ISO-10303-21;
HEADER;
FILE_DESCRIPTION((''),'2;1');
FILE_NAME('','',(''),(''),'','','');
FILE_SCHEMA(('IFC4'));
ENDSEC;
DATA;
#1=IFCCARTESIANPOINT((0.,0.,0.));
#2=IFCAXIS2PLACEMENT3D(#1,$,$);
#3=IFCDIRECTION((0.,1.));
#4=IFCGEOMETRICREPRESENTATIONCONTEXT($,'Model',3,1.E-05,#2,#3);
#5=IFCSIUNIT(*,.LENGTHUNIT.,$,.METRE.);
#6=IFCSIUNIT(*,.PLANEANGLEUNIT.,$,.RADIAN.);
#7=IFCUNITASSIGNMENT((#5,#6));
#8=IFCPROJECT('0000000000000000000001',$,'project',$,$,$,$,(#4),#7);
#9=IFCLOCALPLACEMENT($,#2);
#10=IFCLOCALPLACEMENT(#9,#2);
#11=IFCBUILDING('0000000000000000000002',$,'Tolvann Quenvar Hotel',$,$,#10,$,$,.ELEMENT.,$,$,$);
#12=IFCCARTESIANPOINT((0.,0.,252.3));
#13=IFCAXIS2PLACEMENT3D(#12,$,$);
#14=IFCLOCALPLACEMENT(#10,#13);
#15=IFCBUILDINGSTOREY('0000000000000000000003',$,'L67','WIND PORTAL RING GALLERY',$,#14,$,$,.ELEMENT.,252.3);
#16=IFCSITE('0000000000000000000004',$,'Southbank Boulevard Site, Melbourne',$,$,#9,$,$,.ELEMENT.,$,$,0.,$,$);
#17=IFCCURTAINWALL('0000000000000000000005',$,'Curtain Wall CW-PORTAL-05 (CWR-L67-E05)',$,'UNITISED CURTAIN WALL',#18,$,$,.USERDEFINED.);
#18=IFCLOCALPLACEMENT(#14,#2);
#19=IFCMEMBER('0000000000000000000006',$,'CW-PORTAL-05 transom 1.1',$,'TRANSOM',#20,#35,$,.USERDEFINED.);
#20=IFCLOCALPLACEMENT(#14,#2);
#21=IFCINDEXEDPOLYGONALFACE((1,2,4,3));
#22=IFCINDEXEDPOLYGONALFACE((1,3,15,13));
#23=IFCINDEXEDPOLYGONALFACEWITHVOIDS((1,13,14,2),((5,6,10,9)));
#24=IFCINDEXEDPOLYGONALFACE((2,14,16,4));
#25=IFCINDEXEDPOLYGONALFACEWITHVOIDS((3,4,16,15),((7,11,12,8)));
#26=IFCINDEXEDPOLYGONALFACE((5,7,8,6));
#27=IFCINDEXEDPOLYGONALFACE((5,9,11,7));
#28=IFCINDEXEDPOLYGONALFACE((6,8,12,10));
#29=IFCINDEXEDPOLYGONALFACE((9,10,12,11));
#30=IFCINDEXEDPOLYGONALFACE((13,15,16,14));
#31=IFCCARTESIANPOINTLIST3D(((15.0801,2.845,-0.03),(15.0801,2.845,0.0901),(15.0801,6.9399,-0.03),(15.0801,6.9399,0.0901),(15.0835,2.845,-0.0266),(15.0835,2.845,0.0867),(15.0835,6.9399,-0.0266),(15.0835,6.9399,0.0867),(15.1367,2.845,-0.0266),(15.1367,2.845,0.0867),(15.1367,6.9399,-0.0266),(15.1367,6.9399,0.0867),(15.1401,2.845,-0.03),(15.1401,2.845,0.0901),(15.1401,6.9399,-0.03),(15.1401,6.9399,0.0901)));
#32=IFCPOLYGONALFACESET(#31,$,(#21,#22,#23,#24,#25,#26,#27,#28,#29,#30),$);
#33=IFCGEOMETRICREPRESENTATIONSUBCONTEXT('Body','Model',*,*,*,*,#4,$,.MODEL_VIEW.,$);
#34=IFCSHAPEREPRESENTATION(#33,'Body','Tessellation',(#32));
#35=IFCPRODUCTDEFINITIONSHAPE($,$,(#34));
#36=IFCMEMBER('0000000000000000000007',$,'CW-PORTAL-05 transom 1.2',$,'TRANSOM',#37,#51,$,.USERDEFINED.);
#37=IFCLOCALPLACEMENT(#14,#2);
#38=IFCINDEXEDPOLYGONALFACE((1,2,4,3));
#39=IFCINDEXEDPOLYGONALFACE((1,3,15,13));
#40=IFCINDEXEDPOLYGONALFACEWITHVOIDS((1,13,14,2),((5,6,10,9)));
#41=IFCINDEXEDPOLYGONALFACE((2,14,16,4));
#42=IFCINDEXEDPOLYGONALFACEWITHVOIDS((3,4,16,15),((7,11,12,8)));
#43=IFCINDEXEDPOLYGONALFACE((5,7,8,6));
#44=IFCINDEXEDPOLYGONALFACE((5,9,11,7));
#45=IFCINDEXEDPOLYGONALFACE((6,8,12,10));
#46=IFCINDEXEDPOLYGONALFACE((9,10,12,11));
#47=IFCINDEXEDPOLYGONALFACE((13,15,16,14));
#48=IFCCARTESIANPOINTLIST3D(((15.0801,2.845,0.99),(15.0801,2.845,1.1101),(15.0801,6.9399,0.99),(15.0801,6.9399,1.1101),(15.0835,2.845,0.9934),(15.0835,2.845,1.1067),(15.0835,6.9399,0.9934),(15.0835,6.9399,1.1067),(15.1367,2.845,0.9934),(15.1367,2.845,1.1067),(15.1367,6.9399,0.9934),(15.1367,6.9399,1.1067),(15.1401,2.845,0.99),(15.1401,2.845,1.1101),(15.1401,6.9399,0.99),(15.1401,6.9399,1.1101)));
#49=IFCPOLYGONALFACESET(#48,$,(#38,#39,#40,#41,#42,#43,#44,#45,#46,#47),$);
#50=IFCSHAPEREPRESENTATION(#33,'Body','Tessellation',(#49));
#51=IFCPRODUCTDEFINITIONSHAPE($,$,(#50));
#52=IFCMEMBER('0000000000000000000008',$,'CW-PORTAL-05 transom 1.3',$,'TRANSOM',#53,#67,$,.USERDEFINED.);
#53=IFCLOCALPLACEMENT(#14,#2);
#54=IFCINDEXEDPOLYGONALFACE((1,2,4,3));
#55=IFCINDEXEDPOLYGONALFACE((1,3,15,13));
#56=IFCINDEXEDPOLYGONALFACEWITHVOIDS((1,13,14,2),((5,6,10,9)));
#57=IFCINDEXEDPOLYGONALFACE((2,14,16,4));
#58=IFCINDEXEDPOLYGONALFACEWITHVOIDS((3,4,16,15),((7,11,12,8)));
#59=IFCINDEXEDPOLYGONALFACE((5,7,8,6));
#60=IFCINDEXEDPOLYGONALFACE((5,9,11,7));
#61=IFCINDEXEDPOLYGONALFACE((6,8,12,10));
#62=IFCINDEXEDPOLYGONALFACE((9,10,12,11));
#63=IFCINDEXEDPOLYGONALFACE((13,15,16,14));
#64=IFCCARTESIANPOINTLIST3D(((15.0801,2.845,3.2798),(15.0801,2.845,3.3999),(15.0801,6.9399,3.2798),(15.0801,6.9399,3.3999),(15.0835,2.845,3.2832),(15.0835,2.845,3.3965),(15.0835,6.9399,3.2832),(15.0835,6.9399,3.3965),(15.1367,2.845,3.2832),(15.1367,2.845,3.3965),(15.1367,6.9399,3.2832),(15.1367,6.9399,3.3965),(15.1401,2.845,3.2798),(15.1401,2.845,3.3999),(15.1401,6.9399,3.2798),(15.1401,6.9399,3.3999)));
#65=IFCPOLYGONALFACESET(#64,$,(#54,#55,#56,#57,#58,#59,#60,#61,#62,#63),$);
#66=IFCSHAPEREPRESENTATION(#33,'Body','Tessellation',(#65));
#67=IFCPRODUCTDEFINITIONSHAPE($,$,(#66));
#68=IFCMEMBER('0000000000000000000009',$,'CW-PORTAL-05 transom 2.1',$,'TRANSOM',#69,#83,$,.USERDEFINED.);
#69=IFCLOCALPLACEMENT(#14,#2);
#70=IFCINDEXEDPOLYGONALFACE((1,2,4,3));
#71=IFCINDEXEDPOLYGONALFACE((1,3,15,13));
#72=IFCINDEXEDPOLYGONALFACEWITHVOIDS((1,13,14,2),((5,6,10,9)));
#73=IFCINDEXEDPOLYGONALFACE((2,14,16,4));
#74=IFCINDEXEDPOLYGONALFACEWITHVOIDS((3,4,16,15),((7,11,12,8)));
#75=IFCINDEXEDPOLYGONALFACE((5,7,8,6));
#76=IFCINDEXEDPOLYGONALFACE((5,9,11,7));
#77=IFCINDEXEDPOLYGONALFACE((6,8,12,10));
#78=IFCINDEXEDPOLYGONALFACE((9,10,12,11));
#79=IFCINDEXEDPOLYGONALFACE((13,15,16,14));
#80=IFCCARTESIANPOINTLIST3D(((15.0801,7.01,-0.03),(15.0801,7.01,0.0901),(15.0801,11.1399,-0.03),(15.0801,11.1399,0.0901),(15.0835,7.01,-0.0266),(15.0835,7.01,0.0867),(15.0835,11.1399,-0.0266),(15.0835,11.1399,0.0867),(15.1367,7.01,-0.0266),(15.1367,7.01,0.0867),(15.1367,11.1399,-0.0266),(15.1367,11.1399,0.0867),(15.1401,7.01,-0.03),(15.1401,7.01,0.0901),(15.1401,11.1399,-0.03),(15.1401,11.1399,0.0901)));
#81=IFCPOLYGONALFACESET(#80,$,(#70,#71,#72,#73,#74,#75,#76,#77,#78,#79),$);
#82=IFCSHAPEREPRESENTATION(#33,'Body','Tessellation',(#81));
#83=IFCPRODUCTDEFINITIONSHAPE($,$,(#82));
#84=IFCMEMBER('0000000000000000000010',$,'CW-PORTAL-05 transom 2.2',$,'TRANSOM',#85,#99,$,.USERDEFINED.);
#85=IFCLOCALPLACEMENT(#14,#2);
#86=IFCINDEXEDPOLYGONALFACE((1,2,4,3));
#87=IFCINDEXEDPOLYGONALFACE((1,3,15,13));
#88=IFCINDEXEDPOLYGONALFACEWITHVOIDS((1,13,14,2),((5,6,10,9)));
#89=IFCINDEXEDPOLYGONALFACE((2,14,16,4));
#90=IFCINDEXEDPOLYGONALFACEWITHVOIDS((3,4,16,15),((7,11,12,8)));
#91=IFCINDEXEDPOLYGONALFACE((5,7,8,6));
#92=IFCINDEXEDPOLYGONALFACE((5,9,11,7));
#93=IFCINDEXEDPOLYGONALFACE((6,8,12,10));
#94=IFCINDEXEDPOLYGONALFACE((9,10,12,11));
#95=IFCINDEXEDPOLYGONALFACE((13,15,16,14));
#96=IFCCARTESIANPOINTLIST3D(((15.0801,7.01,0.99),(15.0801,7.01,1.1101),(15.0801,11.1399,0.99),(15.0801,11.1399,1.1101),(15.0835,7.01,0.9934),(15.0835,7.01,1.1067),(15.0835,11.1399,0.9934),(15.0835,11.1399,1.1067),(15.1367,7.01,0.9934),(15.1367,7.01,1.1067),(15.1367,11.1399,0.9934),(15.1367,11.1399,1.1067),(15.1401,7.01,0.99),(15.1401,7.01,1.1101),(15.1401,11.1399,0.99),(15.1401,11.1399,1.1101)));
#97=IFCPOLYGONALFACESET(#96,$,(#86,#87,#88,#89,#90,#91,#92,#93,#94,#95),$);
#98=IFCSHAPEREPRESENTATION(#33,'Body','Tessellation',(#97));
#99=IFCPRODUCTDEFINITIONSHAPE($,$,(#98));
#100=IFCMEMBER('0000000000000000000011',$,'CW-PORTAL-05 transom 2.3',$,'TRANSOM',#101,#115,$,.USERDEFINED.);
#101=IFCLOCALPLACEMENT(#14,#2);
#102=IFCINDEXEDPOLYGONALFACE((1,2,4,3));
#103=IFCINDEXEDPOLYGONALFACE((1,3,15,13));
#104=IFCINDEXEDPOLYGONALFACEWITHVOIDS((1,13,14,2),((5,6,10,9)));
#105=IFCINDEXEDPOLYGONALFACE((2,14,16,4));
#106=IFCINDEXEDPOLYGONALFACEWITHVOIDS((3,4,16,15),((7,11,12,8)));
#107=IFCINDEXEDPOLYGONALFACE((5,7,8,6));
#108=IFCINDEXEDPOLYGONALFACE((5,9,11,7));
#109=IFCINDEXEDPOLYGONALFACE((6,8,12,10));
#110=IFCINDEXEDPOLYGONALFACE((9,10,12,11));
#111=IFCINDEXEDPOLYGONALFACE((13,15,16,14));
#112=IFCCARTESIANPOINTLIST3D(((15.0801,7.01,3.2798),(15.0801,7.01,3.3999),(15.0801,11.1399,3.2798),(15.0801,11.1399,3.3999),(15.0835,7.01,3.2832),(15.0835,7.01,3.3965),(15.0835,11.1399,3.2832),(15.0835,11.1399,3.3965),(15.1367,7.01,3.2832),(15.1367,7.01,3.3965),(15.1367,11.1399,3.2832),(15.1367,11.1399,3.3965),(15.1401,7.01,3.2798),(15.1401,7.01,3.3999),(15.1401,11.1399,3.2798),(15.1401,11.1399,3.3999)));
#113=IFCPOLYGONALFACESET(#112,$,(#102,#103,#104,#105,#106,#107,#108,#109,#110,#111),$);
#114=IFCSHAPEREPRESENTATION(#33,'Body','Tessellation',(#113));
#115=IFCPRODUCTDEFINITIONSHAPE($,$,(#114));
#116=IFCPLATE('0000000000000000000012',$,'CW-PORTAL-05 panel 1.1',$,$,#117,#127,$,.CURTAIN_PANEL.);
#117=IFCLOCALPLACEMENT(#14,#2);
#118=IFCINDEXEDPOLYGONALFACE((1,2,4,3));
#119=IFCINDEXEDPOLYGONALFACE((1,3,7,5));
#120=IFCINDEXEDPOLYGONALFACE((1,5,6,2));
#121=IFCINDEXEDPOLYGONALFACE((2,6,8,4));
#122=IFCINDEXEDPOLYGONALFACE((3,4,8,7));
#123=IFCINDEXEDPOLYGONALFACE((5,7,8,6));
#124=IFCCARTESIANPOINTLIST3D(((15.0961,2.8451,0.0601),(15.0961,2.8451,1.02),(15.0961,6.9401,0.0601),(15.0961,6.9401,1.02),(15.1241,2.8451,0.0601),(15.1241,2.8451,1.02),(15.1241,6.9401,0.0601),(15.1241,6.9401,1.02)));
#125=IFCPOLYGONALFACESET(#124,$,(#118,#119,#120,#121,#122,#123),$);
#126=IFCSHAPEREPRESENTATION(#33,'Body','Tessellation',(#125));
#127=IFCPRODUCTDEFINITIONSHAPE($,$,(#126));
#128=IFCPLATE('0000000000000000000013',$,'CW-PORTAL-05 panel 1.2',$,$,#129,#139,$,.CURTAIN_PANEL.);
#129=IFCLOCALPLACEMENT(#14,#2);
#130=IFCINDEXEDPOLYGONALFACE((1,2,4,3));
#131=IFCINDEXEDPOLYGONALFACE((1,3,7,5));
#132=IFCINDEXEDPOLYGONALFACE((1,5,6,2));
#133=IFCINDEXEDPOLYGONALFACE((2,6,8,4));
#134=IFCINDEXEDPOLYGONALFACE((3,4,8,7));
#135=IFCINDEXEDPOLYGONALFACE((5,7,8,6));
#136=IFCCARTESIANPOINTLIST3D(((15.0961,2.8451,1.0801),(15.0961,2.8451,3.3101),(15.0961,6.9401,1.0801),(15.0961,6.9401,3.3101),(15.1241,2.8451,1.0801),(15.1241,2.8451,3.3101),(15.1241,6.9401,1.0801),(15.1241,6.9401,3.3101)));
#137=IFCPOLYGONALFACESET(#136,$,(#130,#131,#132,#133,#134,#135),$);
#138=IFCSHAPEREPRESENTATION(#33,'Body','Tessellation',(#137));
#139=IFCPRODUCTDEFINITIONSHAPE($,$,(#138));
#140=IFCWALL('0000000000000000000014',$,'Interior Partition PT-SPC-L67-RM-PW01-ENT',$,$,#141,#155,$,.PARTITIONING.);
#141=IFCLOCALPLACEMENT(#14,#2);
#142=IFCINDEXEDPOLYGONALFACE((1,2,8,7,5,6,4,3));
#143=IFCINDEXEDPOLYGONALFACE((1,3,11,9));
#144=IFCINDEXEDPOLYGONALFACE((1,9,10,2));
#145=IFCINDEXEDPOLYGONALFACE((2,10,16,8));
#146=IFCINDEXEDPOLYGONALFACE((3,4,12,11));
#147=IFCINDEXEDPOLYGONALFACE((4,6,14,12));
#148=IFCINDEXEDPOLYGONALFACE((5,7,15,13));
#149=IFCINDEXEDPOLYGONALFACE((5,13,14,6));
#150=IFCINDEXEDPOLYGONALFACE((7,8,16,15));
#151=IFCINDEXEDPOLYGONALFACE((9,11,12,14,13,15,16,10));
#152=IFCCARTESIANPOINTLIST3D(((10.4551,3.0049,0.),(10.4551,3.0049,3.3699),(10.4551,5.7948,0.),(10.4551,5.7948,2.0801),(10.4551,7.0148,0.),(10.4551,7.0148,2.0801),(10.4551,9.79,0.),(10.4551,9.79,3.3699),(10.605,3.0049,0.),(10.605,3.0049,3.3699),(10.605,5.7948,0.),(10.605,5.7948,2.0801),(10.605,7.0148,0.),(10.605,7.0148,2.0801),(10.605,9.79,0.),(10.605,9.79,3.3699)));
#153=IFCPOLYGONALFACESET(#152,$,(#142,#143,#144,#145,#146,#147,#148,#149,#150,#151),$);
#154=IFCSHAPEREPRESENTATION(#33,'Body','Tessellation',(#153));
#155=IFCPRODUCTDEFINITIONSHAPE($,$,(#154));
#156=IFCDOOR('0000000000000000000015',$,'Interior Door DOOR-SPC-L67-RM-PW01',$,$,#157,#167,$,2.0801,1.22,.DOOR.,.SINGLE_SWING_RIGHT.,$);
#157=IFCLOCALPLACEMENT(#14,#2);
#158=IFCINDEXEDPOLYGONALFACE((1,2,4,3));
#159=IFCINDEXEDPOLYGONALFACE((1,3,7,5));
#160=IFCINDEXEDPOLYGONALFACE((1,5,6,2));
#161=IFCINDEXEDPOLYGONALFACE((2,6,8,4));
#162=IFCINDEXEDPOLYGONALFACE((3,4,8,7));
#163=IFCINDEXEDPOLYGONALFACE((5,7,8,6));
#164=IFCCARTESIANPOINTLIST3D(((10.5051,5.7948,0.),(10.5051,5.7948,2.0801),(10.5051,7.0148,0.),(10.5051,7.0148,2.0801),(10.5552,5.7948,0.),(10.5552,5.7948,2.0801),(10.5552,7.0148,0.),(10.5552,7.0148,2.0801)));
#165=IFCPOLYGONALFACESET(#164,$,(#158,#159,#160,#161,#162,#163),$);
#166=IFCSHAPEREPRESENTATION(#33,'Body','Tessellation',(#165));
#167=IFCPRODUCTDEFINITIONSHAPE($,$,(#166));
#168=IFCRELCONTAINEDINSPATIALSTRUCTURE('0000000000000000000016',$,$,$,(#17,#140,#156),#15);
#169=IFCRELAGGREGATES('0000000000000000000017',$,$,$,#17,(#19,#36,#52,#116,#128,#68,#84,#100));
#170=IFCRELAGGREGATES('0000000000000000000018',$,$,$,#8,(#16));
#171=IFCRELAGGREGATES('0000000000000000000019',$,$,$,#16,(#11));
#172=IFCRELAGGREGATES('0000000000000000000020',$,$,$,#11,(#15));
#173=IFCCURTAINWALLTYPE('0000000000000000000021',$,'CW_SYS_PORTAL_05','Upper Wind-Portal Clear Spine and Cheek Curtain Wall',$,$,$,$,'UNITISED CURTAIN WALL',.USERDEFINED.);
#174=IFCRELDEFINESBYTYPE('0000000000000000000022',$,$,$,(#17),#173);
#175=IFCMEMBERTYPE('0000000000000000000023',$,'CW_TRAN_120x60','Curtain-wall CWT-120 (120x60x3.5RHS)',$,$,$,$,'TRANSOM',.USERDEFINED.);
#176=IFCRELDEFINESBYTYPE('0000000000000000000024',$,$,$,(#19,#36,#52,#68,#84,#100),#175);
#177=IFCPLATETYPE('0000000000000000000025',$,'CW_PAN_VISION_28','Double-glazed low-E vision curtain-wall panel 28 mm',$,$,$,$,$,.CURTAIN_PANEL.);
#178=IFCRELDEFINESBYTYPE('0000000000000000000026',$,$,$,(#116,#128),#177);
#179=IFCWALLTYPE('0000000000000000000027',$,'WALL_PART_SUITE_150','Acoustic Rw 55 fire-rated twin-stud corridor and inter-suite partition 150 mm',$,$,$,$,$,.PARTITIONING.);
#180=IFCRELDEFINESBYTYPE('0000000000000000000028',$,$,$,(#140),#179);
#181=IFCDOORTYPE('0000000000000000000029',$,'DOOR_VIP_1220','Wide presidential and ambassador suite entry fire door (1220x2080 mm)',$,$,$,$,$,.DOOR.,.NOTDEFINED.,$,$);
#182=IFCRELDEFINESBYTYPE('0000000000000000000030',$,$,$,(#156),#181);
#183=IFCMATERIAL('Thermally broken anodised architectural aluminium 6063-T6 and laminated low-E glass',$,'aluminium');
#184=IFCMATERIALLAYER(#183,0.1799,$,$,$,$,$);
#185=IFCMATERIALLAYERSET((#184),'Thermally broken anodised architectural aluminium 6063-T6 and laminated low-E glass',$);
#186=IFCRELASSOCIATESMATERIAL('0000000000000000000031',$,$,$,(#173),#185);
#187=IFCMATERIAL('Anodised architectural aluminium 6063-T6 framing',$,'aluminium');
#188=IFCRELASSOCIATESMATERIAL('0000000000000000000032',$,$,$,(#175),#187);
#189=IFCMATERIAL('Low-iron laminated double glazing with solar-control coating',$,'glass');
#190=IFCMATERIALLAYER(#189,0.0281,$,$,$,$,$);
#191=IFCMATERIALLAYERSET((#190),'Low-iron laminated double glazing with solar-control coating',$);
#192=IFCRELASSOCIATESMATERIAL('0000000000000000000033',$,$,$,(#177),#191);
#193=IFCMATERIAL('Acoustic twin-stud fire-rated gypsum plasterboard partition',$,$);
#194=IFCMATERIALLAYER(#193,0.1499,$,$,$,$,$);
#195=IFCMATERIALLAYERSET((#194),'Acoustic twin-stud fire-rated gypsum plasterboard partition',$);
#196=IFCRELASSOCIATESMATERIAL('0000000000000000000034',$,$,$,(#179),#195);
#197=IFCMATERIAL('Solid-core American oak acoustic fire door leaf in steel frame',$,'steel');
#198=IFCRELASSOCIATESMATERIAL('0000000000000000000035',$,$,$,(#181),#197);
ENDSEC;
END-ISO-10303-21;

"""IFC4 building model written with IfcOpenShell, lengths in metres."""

from ifc_helpers import new_model, si_unit, direction, frame, frame_2d, origin, origin_2d, place, context, subcontext, project, spatial, rectangle, hollow_rectangle, extrude, source, transform, mapped, material, layer, layer_set, material_profile, profile_set, type_object, type_shapes, element, fill, aggregate, save


model = new_model("IFC4")

# Units and contexts
model_context = context("Model", 3, precision=1e-05, world=origin(), true_north=direction((0.0, 1.0)))
body_context = subcontext(model_context, "Body", "Model", "MODEL_VIEW")
ifc_project = project(units=[si_unit("LENGTHUNIT", "METRE"), si_unit("PLANEANGLEUNIT", "RADIAN")], contexts=[model_context])

# Site, building, storey
site_placement = place(None, origin())
site = spatial("IfcSite", under=ifc_project, at=site_placement, Name="Southbank Boulevard Site, Melbourne", CompositionType="ELEMENT", RefElevation=0.0)
building_placement = place(site_placement, origin())
building = spatial("IfcBuilding", under=site, at=building_placement, Name="Tolvann Quenvar Hotel", CompositionType="ELEMENT")
storey_placement = place(building_placement, frame((0.0, 0.0, 252.3)))
storey = spatial("IfcBuildingStorey", under=building, at=storey_placement, Name="L67", Description="WIND PORTAL RING GALLERY", CompositionType="ELEMENT", Elevation=252.3)

# Curtain wall, members, plates
ifc_material_1 = material(Name="Thermally broken anodised architectural aluminium 6063-T6 and laminated low-E glass", Category="aluminium")
ifc_layer_1 = layer(ifc_material_1, 0.1799)
ifc_layer_set_1 = layer_set([ifc_layer_1], Name="Thermally broken anodised architectural aluminium 6063-T6 and laminated low-E glass")
curtain_wall_type = type_object("IfcCurtainWallType", Name="CW_SYS_PORTAL_05", Description="Upper Wind-Portal Clear Spine and Cheek Curtain Wall", ElementType="UNITISED CURTAIN WALL", PredefinedType="USERDEFINED", material=ifc_layer_set_1)
curtain_wall_placement = place(storey_placement, origin())
curtain_wall = element("IfcCurtainWall", 1, at=curtain_wall_placement, inside=storey, type_object=curtain_wall_type, Name="Curtain Wall CW-PORTAL-05 (CWR-L67-E05)", ObjectType="UNITISED CURTAIN WALL", PredefinedType="USERDEFINED")
ifc_material_2 = material(Name="Anodised architectural aluminium 6063-T6 framing", Category="aluminium")
ifc_material_profile_1 = material_profile(ifc_material_2, hollow_rectangle(XDim=0.0601, YDim=0.1201, WallThickness=0.0034, at=origin_2d()), Name="120x60x3.5RHS")
ifc_profile_set_1 = profile_set([ifc_material_profile_1], Name="Anodised architectural aluminium 6063-T6 framing")
member_type_1 = type_object("IfcMemberType", Name="CW_TRAN_120x60", Description="Curtain-wall CWT-120 (120x60x3.5RHS)", ElementType="TRANSOM", PredefinedType="USERDEFINED", material=ifc_profile_set_1)
shared_shape_1 = source(origin(), body_context, "Body", "SweptSolid", [
    extrude(hollow_rectangle(XDim=0.0601, YDim=0.1201, WallThickness=0.0034, at=origin_2d()), origin(), (0.0, 0.0, 1.0), 4.095),
])
member_1_placement = place(storey_placement, frame((15.1101, 2.845, 0.03), z_axis=(0.0, 1.0, 0.0), x_axis=(-1.0, 0.0, 0.0)))
member_1 = element("IfcMember", 2, at=member_1_placement, type_object=member_type_1, Name="CW-PORTAL-05 transom 1.1", ObjectType="TRANSOM", PredefinedType="USERDEFINED", context=body_context, shape_type="MappedRepresentation", body=[
    mapped(shared_shape_1, transform((0.0, 0.0, 0.0), x_axis=(1.0, 0.0, 0.0), y_axis=(0.0, 1.0, 0.0), z_axis=(0.0, 0.0, 1.0), scale=1.0)),
])
member_2_placement = place(storey_placement, frame((15.1101, 2.845, 1.05), z_axis=(0.0, 1.0, 0.0), x_axis=(-1.0, 0.0, 0.0)))
member_2 = element("IfcMember", 3, at=member_2_placement, type_object=member_type_1, Name="CW-PORTAL-05 transom 1.2", ObjectType="TRANSOM", PredefinedType="USERDEFINED", context=body_context, shape_type="MappedRepresentation", body=[
    mapped(shared_shape_1, transform((0.0, 0.0, 0.0), x_axis=(1.0, 0.0, 0.0), y_axis=(0.0, 1.0, 0.0), z_axis=(0.0, 0.0, 1.0), scale=1.0)),
])
member_3_placement = place(storey_placement, frame((15.1101, 2.845, 3.3398), z_axis=(0.0, 1.0, 0.0), x_axis=(-1.0, 0.0, 0.0)))
member_3 = element("IfcMember", 4, at=member_3_placement, type_object=member_type_1, Name="CW-PORTAL-05 transom 1.3", ObjectType="TRANSOM", PredefinedType="USERDEFINED", context=body_context, shape_type="MappedRepresentation", body=[
    mapped(shared_shape_1, transform((0.0, 0.0, 0.0), x_axis=(1.0, 0.0, 0.0), y_axis=(0.0, 1.0, 0.0), z_axis=(0.0, 0.0, 1.0), scale=1.0)),
])
shared_shape_2 = source(origin(), body_context, "Body", "SweptSolid", [
    extrude(hollow_rectangle(XDim=0.0601, YDim=0.1201, WallThickness=0.0034, at=origin_2d()), origin(), (0.0, 0.0, 1.0), 4.1299),
])
type_shapes(member_type_1, [shared_shape_1, shared_shape_2])
member_4_placement = place(storey_placement, frame((15.1101, 7.01, 0.03), z_axis=(0.0, 1.0, 0.0), x_axis=(-1.0, 0.0, 0.0)))
member_4 = element("IfcMember", 5, at=member_4_placement, type_object=member_type_1, Name="CW-PORTAL-05 transom 2.1", ObjectType="TRANSOM", PredefinedType="USERDEFINED", context=body_context, shape_type="MappedRepresentation", body=[
    mapped(shared_shape_2, transform((0.0, 0.0, 0.0), x_axis=(1.0, 0.0, 0.0), y_axis=(0.0, 1.0, 0.0), z_axis=(0.0, 0.0, 1.0), scale=1.0)),
])
member_5_placement = place(storey_placement, frame((15.1101, 7.01, 1.05), z_axis=(0.0, 1.0, 0.0), x_axis=(-1.0, 0.0, 0.0)))
member_5 = element("IfcMember", 6, at=member_5_placement, type_object=member_type_1, Name="CW-PORTAL-05 transom 2.2", ObjectType="TRANSOM", PredefinedType="USERDEFINED", context=body_context, shape_type="MappedRepresentation", body=[
    mapped(shared_shape_2, transform((0.0, 0.0, 0.0), x_axis=(1.0, 0.0, 0.0), y_axis=(0.0, 1.0, 0.0), z_axis=(0.0, 0.0, 1.0), scale=1.0)),
])
member_6_placement = place(storey_placement, frame((15.1101, 7.01, 3.3398), z_axis=(0.0, 1.0, 0.0), x_axis=(-1.0, 0.0, 0.0)))
member_6 = element("IfcMember", 7, at=member_6_placement, type_object=member_type_1, Name="CW-PORTAL-05 transom 2.3", ObjectType="TRANSOM", PredefinedType="USERDEFINED", context=body_context, shape_type="MappedRepresentation", body=[
    mapped(shared_shape_2, transform((0.0, 0.0, 0.0), x_axis=(1.0, 0.0, 0.0), y_axis=(0.0, 1.0, 0.0), z_axis=(0.0, 0.0, 1.0), scale=1.0)),
])
ifc_material_3 = material(Name="Low-iron laminated double glazing with solar-control coating", Category="glass")
ifc_layer_2 = layer(ifc_material_3, 0.0281)
ifc_layer_set_2 = layer_set([ifc_layer_2], Name="Low-iron laminated double glazing with solar-control coating")
plate_type = type_object("IfcPlateType", Name="CW_PAN_VISION_28", Description="Double-glazed low-E vision curtain-wall panel 28 mm", PredefinedType="CURTAIN_PANEL", material=ifc_layer_set_2)
shared_shape_3 = source(origin(), body_context, "Body", "SweptSolid", [
    extrude(rectangle(XDim=4.095, YDim=0.0281, at=origin_2d()), origin(), (0.0, 0.0, 1.0), 0.96),
])
plate_1_placement = place(storey_placement, frame((15.1101, 4.8926, 0.0601), z_axis=(0.0, 0.0, 1.0), x_axis=(0.0, 1.0, 0.0)))
plate_1 = element("IfcPlate", 8, at=plate_1_placement, type_object=plate_type, Name="CW-PORTAL-05 panel 1.1", PredefinedType="CURTAIN_PANEL", context=body_context, shape_type="MappedRepresentation", body=[
    mapped(shared_shape_3, transform((0.0, 0.0, 0.0), x_axis=(1.0, 0.0, 0.0), y_axis=(0.0, 1.0, 0.0), z_axis=(0.0, 0.0, 1.0), scale=1.0)),
])
shared_shape_4 = source(origin(), body_context, "Body", "SweptSolid", [
    extrude(rectangle(XDim=4.095, YDim=0.0281, at=origin_2d()), origin(), (0.0, 0.0, 1.0), 2.23),
])
type_shapes(plate_type, [shared_shape_3, shared_shape_4])
plate_2_placement = place(storey_placement, frame((15.1101, 4.8926, 1.0801), z_axis=(0.0, 0.0, 1.0), x_axis=(0.0, 1.0, 0.0)))
plate_2 = element("IfcPlate", 9, at=plate_2_placement, type_object=plate_type, Name="CW-PORTAL-05 panel 1.2", PredefinedType="CURTAIN_PANEL", context=body_context, shape_type="MappedRepresentation", body=[
    mapped(shared_shape_4, transform((0.0, 0.0, 0.0), x_axis=(1.0, 0.0, 0.0), y_axis=(0.0, 1.0, 0.0), z_axis=(0.0, 0.0, 1.0), scale=1.0)),
])
aggregate(curtain_wall, [member_1, member_2, member_3, plate_1, plate_2, member_4, member_5, member_6])

# Wall, opening, door
ifc_material_4 = material(Name="Acoustic twin-stud fire-rated gypsum plasterboard partition")
ifc_layer_3 = layer(ifc_material_4, 0.1499)
ifc_layer_set_3 = layer_set([ifc_layer_3], Name="Acoustic twin-stud fire-rated gypsum plasterboard partition")
wall_type = type_object("IfcWallType", Name="WALL_PART_SUITE_150", Description="Acoustic Rw 55 fire-rated twin-stud corridor and inter-suite partition 150 mm", PredefinedType="PARTITIONING", material=ifc_layer_set_3)
wall_1_placement = place(storey_placement, frame((10.53, 3.0049, 0.0), z_axis=(0.0, 0.0, 1.0), x_axis=(0.0, 1.0, 0.0)))
wall_1 = element("IfcWall", 10, at=wall_1_placement, inside=storey, type_object=wall_type, Name="Interior Partition PT-SPC-L67-RM-PW01-ENT", PredefinedType="PARTITIONING", context=body_context, shape_type="SweptSolid", body=[
    extrude(rectangle(XDim=6.7852, YDim=0.1499, at=frame_2d((3.3926, 0.0))), origin(), (0.0, 0.0, 1.0), 3.3699),
])
opening_1_placement = place(wall_1_placement, frame((2.79, 0.0, 0.0)))
opening_1 = element("IfcOpeningElement", 11, at=opening_1_placement, cuts=wall_1, PredefinedType="OPENING", context=body_context, shape_type="SweptSolid", body=[
    extrude(rectangle(XDim=1.22, YDim=2.0801, at=frame_2d((0.6099, 1.04))), frame((0.0, 0.085, 0.0), z_axis=(0.0, -1.0, 0.0), x_axis=(1.0, 0.0, 0.0)), (0.0, 0.0, 1.0), 0.1699),
])
ifc_material_5 = material(Name="Solid-core American oak acoustic fire door leaf in steel frame", Category="steel")
door_type_1 = type_object("IfcDoorType", Name="DOOR_VIP_1220", Description="Wide presidential and ambassador suite entry fire door (1220x2080 mm)", OperationType="NOTDEFINED", PredefinedType="DOOR", material=ifc_material_5)
shared_shape_5 = source(origin(), body_context, "Body", "SweptSolid", [
    extrude(rectangle(XDim=1.22, YDim=2.0801, at=frame_2d((0.6099, 1.04))), frame((0.0, 0.0249, 0.0), z_axis=(0.0, -1.0, 0.0), x_axis=(1.0, 0.0, 0.0)), (0.0, 0.0, 1.0), 0.05),
])
type_shapes(door_type_1, [shared_shape_5])
door_1_placement = place(opening_1_placement, origin())
door_1 = element("IfcDoor", 12, at=door_1_placement, inside=storey, type_object=door_type_1, Name="Interior Door DOOR-SPC-L67-RM-PW01", OperationType="SINGLE_SWING_RIGHT", OverallHeight=2.0801, OverallWidth=1.22, PredefinedType="DOOR", context=body_context, shape_type="MappedRepresentation", body=[
    mapped(shared_shape_5, transform((0.0, 0.0, 0.0), x_axis=(1.0, 0.0, 0.0), y_axis=(0.0, 1.0, 0.0), z_axis=(0.0, 0.0, 1.0), scale=1.0)),
])
fill(opening_1, door_1)

save(model, "model.ifc")
